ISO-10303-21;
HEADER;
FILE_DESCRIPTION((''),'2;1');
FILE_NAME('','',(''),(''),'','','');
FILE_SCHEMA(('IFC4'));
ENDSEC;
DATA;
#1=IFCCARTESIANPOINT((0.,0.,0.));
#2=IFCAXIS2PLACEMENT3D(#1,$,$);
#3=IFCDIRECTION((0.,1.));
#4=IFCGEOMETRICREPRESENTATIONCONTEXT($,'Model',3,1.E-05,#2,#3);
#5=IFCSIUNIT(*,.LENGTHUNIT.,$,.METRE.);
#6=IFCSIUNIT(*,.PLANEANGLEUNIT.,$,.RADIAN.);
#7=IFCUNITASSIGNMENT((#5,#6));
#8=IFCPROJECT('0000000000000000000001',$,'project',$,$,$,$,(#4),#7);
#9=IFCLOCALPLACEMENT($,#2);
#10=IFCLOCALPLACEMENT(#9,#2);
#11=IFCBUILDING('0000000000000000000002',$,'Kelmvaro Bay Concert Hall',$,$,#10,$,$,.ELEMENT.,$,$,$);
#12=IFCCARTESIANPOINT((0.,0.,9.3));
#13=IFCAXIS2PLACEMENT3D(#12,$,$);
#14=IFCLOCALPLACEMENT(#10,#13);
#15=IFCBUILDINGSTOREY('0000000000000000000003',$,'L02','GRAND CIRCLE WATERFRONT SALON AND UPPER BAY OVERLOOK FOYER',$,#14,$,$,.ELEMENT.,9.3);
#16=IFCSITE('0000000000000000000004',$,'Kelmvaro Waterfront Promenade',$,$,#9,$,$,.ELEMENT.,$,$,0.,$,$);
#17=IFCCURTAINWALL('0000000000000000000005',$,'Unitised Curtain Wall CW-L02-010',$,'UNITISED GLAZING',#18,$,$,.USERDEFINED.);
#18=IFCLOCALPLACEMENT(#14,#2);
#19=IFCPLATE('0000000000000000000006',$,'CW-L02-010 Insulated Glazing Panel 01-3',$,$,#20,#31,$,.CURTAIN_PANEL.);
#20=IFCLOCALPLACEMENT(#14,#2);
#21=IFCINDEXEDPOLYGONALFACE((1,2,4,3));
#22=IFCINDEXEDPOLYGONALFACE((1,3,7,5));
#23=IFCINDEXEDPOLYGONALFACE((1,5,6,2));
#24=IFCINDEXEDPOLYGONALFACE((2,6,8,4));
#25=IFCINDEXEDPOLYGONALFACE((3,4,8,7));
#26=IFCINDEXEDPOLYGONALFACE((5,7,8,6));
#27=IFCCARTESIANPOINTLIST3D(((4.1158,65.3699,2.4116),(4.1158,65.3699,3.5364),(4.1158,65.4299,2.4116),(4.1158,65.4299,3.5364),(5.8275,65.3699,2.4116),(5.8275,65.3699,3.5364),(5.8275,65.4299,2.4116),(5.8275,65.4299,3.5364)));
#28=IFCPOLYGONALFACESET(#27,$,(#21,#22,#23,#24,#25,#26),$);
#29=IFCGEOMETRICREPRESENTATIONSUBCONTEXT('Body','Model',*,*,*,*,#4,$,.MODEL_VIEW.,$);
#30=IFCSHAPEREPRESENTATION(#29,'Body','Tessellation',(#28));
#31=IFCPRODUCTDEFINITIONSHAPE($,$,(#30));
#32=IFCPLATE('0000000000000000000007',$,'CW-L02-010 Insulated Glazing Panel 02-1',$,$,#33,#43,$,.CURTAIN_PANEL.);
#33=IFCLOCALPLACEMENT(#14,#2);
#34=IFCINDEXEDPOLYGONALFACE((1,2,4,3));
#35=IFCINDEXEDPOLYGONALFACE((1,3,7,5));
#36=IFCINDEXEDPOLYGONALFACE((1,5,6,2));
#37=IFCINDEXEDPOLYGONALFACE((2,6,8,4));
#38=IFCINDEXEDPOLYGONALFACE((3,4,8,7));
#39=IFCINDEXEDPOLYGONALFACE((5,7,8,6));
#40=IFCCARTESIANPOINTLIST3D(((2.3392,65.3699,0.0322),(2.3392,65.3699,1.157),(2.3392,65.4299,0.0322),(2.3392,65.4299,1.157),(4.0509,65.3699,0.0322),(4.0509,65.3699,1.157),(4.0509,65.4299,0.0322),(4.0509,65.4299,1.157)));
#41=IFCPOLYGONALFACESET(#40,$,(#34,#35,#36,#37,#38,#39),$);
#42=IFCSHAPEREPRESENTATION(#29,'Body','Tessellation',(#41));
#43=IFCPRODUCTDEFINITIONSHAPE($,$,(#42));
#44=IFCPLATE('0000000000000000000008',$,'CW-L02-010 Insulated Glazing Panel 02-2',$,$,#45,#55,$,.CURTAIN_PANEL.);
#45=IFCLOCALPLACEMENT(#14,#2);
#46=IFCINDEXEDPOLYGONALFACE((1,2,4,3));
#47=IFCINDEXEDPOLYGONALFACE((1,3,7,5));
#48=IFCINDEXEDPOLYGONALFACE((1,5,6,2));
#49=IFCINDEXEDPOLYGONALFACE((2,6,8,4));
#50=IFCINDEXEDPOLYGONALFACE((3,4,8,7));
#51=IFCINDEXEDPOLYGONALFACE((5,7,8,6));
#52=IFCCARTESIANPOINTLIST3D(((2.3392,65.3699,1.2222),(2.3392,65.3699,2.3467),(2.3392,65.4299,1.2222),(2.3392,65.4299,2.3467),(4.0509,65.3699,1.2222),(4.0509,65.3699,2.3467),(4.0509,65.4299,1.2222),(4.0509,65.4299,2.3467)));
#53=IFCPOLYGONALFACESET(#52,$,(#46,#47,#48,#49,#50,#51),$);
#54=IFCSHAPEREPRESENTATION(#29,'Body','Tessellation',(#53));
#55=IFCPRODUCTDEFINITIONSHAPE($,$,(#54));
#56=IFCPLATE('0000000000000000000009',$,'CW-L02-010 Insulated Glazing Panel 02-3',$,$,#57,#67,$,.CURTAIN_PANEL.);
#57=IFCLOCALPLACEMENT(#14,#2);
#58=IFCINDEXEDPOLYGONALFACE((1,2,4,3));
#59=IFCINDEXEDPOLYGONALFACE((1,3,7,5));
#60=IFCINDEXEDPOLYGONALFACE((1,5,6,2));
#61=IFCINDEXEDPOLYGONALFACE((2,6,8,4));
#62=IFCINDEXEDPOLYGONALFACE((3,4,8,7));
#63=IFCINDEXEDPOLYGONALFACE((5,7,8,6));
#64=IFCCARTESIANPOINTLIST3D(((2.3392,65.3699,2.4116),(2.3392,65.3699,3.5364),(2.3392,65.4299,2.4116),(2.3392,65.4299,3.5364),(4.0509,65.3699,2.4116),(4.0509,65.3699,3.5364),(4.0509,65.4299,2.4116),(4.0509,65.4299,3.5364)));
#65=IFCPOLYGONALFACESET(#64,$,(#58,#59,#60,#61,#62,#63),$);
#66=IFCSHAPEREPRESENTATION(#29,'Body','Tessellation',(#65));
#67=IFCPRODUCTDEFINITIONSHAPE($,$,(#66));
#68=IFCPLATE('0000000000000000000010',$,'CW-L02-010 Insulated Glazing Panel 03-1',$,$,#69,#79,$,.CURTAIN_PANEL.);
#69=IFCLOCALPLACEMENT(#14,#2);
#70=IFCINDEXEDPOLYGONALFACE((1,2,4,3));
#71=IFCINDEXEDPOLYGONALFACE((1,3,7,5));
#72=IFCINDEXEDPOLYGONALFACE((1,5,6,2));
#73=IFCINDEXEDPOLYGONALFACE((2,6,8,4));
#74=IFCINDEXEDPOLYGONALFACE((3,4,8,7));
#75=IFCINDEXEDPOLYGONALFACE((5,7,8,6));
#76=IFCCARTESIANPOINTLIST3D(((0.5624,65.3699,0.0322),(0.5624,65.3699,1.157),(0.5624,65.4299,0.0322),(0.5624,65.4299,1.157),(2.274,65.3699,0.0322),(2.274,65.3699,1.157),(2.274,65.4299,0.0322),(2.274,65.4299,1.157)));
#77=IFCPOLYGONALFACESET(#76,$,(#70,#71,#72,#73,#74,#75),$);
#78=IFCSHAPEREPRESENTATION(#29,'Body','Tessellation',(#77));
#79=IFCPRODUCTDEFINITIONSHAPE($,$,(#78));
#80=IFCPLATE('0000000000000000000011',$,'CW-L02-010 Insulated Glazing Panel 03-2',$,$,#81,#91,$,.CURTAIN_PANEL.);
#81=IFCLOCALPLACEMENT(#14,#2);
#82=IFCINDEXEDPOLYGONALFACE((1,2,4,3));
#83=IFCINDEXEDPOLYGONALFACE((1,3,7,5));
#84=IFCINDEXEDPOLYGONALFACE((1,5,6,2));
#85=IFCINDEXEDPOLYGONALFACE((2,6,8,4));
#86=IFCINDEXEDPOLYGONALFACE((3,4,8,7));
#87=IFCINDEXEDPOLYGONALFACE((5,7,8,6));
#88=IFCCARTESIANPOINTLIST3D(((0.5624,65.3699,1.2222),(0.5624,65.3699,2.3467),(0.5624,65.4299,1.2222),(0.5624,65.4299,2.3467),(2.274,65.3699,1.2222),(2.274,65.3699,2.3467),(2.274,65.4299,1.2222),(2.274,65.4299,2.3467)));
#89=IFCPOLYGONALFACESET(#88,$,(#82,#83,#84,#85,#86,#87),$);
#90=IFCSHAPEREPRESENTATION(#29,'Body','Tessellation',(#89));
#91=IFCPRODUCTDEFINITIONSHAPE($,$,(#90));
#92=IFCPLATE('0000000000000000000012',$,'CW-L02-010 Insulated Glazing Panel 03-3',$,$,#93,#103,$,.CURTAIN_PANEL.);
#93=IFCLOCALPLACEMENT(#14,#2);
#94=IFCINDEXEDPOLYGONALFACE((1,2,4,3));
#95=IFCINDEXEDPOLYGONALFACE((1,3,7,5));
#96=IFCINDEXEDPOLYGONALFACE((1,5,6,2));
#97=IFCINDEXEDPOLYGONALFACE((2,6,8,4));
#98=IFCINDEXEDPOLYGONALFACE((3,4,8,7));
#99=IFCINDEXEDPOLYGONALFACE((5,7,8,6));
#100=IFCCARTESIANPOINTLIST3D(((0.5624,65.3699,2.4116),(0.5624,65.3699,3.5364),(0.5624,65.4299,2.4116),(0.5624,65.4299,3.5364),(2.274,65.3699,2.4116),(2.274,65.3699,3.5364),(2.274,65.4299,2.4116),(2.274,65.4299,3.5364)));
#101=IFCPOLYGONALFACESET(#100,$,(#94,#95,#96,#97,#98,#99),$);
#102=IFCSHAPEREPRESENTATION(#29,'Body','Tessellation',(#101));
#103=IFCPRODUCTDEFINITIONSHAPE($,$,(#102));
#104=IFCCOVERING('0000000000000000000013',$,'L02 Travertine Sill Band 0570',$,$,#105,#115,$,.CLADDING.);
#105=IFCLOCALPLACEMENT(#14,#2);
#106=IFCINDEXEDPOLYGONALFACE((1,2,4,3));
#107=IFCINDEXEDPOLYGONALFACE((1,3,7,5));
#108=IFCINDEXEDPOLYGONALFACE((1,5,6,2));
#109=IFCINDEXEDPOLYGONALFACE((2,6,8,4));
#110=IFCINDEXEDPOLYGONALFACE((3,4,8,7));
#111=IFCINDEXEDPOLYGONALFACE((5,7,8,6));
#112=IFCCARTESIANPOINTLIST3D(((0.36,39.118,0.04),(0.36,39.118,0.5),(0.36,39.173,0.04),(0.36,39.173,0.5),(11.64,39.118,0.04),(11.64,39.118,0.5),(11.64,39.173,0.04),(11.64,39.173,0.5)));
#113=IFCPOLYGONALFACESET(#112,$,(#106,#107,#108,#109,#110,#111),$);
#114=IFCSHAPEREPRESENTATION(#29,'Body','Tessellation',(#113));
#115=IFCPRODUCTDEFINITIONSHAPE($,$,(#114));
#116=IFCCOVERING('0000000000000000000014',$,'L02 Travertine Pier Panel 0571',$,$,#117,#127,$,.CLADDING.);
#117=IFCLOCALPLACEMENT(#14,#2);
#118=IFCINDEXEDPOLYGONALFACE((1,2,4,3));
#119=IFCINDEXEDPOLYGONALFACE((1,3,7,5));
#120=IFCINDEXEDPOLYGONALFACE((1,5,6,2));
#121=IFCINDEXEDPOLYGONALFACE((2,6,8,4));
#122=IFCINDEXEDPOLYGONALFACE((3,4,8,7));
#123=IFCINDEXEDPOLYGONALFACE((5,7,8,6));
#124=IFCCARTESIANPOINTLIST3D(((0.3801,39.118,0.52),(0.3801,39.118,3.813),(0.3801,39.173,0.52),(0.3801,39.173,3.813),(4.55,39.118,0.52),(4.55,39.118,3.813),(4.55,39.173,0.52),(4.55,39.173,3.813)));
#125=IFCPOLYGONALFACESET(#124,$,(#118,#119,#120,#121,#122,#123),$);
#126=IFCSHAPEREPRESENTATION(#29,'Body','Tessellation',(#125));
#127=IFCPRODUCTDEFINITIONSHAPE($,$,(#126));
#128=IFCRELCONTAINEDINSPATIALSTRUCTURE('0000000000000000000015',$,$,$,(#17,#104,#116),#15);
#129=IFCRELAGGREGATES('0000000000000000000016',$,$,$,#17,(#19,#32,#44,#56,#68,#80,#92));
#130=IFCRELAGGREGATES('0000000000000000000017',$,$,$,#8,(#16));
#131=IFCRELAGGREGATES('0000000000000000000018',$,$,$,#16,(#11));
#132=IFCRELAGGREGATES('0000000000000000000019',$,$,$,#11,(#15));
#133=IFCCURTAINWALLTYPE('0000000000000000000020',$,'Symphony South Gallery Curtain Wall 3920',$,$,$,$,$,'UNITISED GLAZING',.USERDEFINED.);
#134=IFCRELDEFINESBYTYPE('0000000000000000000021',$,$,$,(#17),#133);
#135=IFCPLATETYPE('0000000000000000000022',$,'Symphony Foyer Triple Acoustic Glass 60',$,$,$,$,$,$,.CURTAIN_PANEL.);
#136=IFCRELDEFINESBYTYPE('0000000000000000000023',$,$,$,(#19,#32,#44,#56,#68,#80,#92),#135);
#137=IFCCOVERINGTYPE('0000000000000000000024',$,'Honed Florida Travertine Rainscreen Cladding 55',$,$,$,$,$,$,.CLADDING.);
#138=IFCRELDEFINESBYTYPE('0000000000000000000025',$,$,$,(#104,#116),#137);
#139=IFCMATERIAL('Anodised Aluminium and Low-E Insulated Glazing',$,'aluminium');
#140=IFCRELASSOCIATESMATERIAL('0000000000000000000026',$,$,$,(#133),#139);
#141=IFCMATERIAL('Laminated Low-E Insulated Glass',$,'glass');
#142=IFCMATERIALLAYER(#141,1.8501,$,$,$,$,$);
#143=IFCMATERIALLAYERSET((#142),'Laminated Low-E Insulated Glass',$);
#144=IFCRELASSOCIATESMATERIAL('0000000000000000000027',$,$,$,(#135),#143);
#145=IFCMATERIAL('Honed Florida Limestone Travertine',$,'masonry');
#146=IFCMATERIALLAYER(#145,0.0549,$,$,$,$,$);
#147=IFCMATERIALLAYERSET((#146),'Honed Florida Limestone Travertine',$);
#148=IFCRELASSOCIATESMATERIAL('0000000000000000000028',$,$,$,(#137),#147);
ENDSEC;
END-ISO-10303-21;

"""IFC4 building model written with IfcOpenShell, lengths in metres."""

from ifc_helpers import new_model, si_unit, direction, frame, origin, origin_2d, place, context, subcontext, project, spatial, rectangle, extrude, material, layer, layer_set, type_object, element, aggregate, save


model = new_model("IFC4")

# Units and contexts
model_context = context("Model", 3, precision=1e-05, world=origin(), true_north=direction((0.0, 1.0)))
body_context = subcontext(model_context, "Body", "Model", "MODEL_VIEW")
ifc_project = project(units=[si_unit("LENGTHUNIT", "METRE"), si_unit("PLANEANGLEUNIT", "RADIAN")], contexts=[model_context])

# Site, building, storey
site_placement = place(None, origin())
site = spatial("IfcSite", under=ifc_project, at=site_placement, Name="Kelmvaro Waterfront Promenade", CompositionType="ELEMENT", RefElevation=0.0)
building_placement = place(site_placement, origin())
building = spatial("IfcBuilding", under=site, at=building_placement, Name="Kelmvaro Bay Concert Hall", CompositionType="ELEMENT")
storey_placement = place(building_placement, frame((0.0, 0.0, 9.3)))
storey = spatial("IfcBuildingStorey", under=building, at=storey_placement, Name="L02", Description="GRAND CIRCLE WATERFRONT SALON AND UPPER BAY OVERLOOK FOYER", CompositionType="ELEMENT", Elevation=9.3)

# Curtain wall
ifc_material_1 = material(Name="Anodised Aluminium and Low-E Insulated Glazing", Category="aluminium")
curtain_wall_type = type_object("IfcCurtainWallType", Name="Symphony South Gallery Curtain Wall 3920", ElementType="UNITISED GLAZING", PredefinedType="USERDEFINED", material=ifc_material_1)
curtain_wall_1_placement = place(storey_placement, origin())
curtain_wall_1 = element("IfcCurtainWall", 1, at=curtain_wall_1_placement, inside=storey, type_object=curtain_wall_type, Name="Unitised Curtain Wall CW-L02-010", ObjectType="UNITISED GLAZING", PredefinedType="USERDEFINED")

# Plates
ifc_material_2 = material(Name="Laminated Low-E Insulated Glass", Category="glass")
ifc_layer_1 = layer(ifc_material_2, 1.8501)
ifc_layer_set_1 = layer_set([ifc_layer_1], Name="Laminated Low-E Insulated Glass")
plate_type = type_object("IfcPlateType", Name="Symphony Foyer Triple Acoustic Glass 60", PredefinedType="CURTAIN_PANEL", material=ifc_layer_set_1)
plate_1_placement = place(storey_placement, frame((4.9717, 65.3999, 2.4116), z_axis=(0.0, 0.0, 1.0), x_axis=(-1.0, 0.0, 0.0)))
plate_1 = element("IfcPlate", 2, at=plate_1_placement, type_object=plate_type, Name="CW-L02-010 Insulated Glazing Panel 01-3", PredefinedType="CURTAIN_PANEL", context=body_context, shape_type="SweptSolid", body=[
    extrude(rectangle(XDim=1.7117, YDim=0.0601, at=origin_2d()), origin(), (0.0, 0.0, 1.0), 1.1248),
])
plate_2_placement = place(storey_placement, frame((3.1951, 65.3999, 0.0322), z_axis=(0.0, 0.0, 1.0), x_axis=(-1.0, 0.0, 0.0)))
plate_2 = element("IfcPlate", 3, at=plate_2_placement, type_object=plate_type, Name="CW-L02-010 Insulated Glazing Panel 02-1", PredefinedType="CURTAIN_PANEL", context=body_context, shape_type="SweptSolid", body=[
    extrude(rectangle(XDim=1.7117, YDim=0.0601, at=origin_2d()), origin(), (0.0, 0.0, 1.0), 1.1248),
])
plate_3_placement = place(storey_placement, frame((3.1951, 65.3999, 1.2222), z_axis=(0.0, 0.0, 1.0), x_axis=(-1.0, 0.0, 0.0)))
plate_3 = element("IfcPlate", 4, at=plate_3_placement, type_object=plate_type, Name="CW-L02-010 Insulated Glazing Panel 02-2", PredefinedType="CURTAIN_PANEL", context=body_context, shape_type="SweptSolid", body=[
    extrude(rectangle(XDim=1.7117, YDim=0.0601, at=origin_2d()), origin(), (0.0, 0.0, 1.0), 1.1245),
])
plate_4_placement = place(storey_placement, frame((3.1951, 65.3999, 2.4116), z_axis=(0.0, 0.0, 1.0), x_axis=(-1.0, 0.0, 0.0)))
plate_4 = element("IfcPlate", 5, at=plate_4_placement, type_object=plate_type, Name="CW-L02-010 Insulated Glazing Panel 02-3", PredefinedType="CURTAIN_PANEL", context=body_context, shape_type="SweptSolid", body=[
    extrude(rectangle(XDim=1.7117, YDim=0.0601, at=origin_2d()), origin(), (0.0, 0.0, 1.0), 1.1248),
])
plate_5_placement = place(storey_placement, frame((1.4182, 65.3999, 0.0322), z_axis=(0.0, 0.0, 1.0), x_axis=(-1.0, 0.0, 0.0)))
plate_5 = element("IfcPlate", 6, at=plate_5_placement, type_object=plate_type, Name="CW-L02-010 Insulated Glazing Panel 03-1", PredefinedType="CURTAIN_PANEL", context=body_context, shape_type="SweptSolid", body=[
    extrude(rectangle(XDim=1.7117, YDim=0.0601, at=origin_2d()), origin(), (0.0, 0.0, 1.0), 1.1248),
])
plate_6_placement = place(storey_placement, frame((1.4182, 65.3999, 1.2222), z_axis=(0.0, 0.0, 1.0), x_axis=(-1.0, 0.0, 0.0)))
plate_6 = element("IfcPlate", 7, at=plate_6_placement, type_object=plate_type, Name="CW-L02-010 Insulated Glazing Panel 03-2", PredefinedType="CURTAIN_PANEL", context=body_context, shape_type="SweptSolid", body=[
    extrude(rectangle(XDim=1.7117, YDim=0.0601, at=origin_2d()), origin(), (0.0, 0.0, 1.0), 1.1245),
])
plate_7_placement = place(storey_placement, frame((1.4182, 65.3999, 2.4116), z_axis=(0.0, 0.0, 1.0), x_axis=(-1.0, 0.0, 0.0)))
plate_7 = element("IfcPlate", 8, at=plate_7_placement, type_object=plate_type, Name="CW-L02-010 Insulated Glazing Panel 03-3", PredefinedType="CURTAIN_PANEL", context=body_context, shape_type="SweptSolid", body=[
    extrude(rectangle(XDim=1.7117, YDim=0.0601, at=origin_2d()), origin(), (0.0, 0.0, 1.0), 1.1248),
])
aggregate(curtain_wall_1, [plate_1, plate_2, plate_3, plate_4, plate_5, plate_6, plate_7])

# Coverings
ifc_material_3 = material(Name="Honed Florida Limestone Travertine", Category="masonry")
ifc_layer_2 = layer(ifc_material_3, 0.0549)
ifc_layer_set_2 = layer_set([ifc_layer_2], Name="Honed Florida Limestone Travertine")
covering_type = type_object("IfcCoveringType", Name="Honed Florida Travertine Rainscreen Cladding 55", PredefinedType="CLADDING", material=ifc_layer_set_2)
covering_1_placement = place(storey_placement, frame((6.0, 39.1455, 0.04), z_axis=(0.0, 0.0, 1.0), x_axis=(1.0, 0.0, 0.0)))
element("IfcCovering", 9, at=covering_1_placement, inside=storey, type_object=covering_type, Name="L02 Travertine Sill Band 0570", PredefinedType="CLADDING", context=body_context, shape_type="SweptSolid", body=[
    extrude(rectangle(XDim=11.28, YDim=0.0549, at=origin_2d()), origin(), (0.0, 0.0, 1.0), 0.46),
])
covering_2_placement = place(storey_placement, frame((2.4651, 39.1455, 0.52), z_axis=(0.0, 0.0, 1.0), x_axis=(1.0, 0.0, 0.0)))
element("IfcCovering", 10, at=covering_2_placement, inside=storey, type_object=covering_type, Name="L02 Travertine Pier Panel 0571", PredefinedType="CLADDING", context=body_context, shape_type="SweptSolid", body=[
    extrude(rectangle(XDim=4.1699, YDim=0.0549, at=origin_2d()), origin(), (0.0, 0.0, 1.0), 3.293),
])

save(model, "model.ifc")
